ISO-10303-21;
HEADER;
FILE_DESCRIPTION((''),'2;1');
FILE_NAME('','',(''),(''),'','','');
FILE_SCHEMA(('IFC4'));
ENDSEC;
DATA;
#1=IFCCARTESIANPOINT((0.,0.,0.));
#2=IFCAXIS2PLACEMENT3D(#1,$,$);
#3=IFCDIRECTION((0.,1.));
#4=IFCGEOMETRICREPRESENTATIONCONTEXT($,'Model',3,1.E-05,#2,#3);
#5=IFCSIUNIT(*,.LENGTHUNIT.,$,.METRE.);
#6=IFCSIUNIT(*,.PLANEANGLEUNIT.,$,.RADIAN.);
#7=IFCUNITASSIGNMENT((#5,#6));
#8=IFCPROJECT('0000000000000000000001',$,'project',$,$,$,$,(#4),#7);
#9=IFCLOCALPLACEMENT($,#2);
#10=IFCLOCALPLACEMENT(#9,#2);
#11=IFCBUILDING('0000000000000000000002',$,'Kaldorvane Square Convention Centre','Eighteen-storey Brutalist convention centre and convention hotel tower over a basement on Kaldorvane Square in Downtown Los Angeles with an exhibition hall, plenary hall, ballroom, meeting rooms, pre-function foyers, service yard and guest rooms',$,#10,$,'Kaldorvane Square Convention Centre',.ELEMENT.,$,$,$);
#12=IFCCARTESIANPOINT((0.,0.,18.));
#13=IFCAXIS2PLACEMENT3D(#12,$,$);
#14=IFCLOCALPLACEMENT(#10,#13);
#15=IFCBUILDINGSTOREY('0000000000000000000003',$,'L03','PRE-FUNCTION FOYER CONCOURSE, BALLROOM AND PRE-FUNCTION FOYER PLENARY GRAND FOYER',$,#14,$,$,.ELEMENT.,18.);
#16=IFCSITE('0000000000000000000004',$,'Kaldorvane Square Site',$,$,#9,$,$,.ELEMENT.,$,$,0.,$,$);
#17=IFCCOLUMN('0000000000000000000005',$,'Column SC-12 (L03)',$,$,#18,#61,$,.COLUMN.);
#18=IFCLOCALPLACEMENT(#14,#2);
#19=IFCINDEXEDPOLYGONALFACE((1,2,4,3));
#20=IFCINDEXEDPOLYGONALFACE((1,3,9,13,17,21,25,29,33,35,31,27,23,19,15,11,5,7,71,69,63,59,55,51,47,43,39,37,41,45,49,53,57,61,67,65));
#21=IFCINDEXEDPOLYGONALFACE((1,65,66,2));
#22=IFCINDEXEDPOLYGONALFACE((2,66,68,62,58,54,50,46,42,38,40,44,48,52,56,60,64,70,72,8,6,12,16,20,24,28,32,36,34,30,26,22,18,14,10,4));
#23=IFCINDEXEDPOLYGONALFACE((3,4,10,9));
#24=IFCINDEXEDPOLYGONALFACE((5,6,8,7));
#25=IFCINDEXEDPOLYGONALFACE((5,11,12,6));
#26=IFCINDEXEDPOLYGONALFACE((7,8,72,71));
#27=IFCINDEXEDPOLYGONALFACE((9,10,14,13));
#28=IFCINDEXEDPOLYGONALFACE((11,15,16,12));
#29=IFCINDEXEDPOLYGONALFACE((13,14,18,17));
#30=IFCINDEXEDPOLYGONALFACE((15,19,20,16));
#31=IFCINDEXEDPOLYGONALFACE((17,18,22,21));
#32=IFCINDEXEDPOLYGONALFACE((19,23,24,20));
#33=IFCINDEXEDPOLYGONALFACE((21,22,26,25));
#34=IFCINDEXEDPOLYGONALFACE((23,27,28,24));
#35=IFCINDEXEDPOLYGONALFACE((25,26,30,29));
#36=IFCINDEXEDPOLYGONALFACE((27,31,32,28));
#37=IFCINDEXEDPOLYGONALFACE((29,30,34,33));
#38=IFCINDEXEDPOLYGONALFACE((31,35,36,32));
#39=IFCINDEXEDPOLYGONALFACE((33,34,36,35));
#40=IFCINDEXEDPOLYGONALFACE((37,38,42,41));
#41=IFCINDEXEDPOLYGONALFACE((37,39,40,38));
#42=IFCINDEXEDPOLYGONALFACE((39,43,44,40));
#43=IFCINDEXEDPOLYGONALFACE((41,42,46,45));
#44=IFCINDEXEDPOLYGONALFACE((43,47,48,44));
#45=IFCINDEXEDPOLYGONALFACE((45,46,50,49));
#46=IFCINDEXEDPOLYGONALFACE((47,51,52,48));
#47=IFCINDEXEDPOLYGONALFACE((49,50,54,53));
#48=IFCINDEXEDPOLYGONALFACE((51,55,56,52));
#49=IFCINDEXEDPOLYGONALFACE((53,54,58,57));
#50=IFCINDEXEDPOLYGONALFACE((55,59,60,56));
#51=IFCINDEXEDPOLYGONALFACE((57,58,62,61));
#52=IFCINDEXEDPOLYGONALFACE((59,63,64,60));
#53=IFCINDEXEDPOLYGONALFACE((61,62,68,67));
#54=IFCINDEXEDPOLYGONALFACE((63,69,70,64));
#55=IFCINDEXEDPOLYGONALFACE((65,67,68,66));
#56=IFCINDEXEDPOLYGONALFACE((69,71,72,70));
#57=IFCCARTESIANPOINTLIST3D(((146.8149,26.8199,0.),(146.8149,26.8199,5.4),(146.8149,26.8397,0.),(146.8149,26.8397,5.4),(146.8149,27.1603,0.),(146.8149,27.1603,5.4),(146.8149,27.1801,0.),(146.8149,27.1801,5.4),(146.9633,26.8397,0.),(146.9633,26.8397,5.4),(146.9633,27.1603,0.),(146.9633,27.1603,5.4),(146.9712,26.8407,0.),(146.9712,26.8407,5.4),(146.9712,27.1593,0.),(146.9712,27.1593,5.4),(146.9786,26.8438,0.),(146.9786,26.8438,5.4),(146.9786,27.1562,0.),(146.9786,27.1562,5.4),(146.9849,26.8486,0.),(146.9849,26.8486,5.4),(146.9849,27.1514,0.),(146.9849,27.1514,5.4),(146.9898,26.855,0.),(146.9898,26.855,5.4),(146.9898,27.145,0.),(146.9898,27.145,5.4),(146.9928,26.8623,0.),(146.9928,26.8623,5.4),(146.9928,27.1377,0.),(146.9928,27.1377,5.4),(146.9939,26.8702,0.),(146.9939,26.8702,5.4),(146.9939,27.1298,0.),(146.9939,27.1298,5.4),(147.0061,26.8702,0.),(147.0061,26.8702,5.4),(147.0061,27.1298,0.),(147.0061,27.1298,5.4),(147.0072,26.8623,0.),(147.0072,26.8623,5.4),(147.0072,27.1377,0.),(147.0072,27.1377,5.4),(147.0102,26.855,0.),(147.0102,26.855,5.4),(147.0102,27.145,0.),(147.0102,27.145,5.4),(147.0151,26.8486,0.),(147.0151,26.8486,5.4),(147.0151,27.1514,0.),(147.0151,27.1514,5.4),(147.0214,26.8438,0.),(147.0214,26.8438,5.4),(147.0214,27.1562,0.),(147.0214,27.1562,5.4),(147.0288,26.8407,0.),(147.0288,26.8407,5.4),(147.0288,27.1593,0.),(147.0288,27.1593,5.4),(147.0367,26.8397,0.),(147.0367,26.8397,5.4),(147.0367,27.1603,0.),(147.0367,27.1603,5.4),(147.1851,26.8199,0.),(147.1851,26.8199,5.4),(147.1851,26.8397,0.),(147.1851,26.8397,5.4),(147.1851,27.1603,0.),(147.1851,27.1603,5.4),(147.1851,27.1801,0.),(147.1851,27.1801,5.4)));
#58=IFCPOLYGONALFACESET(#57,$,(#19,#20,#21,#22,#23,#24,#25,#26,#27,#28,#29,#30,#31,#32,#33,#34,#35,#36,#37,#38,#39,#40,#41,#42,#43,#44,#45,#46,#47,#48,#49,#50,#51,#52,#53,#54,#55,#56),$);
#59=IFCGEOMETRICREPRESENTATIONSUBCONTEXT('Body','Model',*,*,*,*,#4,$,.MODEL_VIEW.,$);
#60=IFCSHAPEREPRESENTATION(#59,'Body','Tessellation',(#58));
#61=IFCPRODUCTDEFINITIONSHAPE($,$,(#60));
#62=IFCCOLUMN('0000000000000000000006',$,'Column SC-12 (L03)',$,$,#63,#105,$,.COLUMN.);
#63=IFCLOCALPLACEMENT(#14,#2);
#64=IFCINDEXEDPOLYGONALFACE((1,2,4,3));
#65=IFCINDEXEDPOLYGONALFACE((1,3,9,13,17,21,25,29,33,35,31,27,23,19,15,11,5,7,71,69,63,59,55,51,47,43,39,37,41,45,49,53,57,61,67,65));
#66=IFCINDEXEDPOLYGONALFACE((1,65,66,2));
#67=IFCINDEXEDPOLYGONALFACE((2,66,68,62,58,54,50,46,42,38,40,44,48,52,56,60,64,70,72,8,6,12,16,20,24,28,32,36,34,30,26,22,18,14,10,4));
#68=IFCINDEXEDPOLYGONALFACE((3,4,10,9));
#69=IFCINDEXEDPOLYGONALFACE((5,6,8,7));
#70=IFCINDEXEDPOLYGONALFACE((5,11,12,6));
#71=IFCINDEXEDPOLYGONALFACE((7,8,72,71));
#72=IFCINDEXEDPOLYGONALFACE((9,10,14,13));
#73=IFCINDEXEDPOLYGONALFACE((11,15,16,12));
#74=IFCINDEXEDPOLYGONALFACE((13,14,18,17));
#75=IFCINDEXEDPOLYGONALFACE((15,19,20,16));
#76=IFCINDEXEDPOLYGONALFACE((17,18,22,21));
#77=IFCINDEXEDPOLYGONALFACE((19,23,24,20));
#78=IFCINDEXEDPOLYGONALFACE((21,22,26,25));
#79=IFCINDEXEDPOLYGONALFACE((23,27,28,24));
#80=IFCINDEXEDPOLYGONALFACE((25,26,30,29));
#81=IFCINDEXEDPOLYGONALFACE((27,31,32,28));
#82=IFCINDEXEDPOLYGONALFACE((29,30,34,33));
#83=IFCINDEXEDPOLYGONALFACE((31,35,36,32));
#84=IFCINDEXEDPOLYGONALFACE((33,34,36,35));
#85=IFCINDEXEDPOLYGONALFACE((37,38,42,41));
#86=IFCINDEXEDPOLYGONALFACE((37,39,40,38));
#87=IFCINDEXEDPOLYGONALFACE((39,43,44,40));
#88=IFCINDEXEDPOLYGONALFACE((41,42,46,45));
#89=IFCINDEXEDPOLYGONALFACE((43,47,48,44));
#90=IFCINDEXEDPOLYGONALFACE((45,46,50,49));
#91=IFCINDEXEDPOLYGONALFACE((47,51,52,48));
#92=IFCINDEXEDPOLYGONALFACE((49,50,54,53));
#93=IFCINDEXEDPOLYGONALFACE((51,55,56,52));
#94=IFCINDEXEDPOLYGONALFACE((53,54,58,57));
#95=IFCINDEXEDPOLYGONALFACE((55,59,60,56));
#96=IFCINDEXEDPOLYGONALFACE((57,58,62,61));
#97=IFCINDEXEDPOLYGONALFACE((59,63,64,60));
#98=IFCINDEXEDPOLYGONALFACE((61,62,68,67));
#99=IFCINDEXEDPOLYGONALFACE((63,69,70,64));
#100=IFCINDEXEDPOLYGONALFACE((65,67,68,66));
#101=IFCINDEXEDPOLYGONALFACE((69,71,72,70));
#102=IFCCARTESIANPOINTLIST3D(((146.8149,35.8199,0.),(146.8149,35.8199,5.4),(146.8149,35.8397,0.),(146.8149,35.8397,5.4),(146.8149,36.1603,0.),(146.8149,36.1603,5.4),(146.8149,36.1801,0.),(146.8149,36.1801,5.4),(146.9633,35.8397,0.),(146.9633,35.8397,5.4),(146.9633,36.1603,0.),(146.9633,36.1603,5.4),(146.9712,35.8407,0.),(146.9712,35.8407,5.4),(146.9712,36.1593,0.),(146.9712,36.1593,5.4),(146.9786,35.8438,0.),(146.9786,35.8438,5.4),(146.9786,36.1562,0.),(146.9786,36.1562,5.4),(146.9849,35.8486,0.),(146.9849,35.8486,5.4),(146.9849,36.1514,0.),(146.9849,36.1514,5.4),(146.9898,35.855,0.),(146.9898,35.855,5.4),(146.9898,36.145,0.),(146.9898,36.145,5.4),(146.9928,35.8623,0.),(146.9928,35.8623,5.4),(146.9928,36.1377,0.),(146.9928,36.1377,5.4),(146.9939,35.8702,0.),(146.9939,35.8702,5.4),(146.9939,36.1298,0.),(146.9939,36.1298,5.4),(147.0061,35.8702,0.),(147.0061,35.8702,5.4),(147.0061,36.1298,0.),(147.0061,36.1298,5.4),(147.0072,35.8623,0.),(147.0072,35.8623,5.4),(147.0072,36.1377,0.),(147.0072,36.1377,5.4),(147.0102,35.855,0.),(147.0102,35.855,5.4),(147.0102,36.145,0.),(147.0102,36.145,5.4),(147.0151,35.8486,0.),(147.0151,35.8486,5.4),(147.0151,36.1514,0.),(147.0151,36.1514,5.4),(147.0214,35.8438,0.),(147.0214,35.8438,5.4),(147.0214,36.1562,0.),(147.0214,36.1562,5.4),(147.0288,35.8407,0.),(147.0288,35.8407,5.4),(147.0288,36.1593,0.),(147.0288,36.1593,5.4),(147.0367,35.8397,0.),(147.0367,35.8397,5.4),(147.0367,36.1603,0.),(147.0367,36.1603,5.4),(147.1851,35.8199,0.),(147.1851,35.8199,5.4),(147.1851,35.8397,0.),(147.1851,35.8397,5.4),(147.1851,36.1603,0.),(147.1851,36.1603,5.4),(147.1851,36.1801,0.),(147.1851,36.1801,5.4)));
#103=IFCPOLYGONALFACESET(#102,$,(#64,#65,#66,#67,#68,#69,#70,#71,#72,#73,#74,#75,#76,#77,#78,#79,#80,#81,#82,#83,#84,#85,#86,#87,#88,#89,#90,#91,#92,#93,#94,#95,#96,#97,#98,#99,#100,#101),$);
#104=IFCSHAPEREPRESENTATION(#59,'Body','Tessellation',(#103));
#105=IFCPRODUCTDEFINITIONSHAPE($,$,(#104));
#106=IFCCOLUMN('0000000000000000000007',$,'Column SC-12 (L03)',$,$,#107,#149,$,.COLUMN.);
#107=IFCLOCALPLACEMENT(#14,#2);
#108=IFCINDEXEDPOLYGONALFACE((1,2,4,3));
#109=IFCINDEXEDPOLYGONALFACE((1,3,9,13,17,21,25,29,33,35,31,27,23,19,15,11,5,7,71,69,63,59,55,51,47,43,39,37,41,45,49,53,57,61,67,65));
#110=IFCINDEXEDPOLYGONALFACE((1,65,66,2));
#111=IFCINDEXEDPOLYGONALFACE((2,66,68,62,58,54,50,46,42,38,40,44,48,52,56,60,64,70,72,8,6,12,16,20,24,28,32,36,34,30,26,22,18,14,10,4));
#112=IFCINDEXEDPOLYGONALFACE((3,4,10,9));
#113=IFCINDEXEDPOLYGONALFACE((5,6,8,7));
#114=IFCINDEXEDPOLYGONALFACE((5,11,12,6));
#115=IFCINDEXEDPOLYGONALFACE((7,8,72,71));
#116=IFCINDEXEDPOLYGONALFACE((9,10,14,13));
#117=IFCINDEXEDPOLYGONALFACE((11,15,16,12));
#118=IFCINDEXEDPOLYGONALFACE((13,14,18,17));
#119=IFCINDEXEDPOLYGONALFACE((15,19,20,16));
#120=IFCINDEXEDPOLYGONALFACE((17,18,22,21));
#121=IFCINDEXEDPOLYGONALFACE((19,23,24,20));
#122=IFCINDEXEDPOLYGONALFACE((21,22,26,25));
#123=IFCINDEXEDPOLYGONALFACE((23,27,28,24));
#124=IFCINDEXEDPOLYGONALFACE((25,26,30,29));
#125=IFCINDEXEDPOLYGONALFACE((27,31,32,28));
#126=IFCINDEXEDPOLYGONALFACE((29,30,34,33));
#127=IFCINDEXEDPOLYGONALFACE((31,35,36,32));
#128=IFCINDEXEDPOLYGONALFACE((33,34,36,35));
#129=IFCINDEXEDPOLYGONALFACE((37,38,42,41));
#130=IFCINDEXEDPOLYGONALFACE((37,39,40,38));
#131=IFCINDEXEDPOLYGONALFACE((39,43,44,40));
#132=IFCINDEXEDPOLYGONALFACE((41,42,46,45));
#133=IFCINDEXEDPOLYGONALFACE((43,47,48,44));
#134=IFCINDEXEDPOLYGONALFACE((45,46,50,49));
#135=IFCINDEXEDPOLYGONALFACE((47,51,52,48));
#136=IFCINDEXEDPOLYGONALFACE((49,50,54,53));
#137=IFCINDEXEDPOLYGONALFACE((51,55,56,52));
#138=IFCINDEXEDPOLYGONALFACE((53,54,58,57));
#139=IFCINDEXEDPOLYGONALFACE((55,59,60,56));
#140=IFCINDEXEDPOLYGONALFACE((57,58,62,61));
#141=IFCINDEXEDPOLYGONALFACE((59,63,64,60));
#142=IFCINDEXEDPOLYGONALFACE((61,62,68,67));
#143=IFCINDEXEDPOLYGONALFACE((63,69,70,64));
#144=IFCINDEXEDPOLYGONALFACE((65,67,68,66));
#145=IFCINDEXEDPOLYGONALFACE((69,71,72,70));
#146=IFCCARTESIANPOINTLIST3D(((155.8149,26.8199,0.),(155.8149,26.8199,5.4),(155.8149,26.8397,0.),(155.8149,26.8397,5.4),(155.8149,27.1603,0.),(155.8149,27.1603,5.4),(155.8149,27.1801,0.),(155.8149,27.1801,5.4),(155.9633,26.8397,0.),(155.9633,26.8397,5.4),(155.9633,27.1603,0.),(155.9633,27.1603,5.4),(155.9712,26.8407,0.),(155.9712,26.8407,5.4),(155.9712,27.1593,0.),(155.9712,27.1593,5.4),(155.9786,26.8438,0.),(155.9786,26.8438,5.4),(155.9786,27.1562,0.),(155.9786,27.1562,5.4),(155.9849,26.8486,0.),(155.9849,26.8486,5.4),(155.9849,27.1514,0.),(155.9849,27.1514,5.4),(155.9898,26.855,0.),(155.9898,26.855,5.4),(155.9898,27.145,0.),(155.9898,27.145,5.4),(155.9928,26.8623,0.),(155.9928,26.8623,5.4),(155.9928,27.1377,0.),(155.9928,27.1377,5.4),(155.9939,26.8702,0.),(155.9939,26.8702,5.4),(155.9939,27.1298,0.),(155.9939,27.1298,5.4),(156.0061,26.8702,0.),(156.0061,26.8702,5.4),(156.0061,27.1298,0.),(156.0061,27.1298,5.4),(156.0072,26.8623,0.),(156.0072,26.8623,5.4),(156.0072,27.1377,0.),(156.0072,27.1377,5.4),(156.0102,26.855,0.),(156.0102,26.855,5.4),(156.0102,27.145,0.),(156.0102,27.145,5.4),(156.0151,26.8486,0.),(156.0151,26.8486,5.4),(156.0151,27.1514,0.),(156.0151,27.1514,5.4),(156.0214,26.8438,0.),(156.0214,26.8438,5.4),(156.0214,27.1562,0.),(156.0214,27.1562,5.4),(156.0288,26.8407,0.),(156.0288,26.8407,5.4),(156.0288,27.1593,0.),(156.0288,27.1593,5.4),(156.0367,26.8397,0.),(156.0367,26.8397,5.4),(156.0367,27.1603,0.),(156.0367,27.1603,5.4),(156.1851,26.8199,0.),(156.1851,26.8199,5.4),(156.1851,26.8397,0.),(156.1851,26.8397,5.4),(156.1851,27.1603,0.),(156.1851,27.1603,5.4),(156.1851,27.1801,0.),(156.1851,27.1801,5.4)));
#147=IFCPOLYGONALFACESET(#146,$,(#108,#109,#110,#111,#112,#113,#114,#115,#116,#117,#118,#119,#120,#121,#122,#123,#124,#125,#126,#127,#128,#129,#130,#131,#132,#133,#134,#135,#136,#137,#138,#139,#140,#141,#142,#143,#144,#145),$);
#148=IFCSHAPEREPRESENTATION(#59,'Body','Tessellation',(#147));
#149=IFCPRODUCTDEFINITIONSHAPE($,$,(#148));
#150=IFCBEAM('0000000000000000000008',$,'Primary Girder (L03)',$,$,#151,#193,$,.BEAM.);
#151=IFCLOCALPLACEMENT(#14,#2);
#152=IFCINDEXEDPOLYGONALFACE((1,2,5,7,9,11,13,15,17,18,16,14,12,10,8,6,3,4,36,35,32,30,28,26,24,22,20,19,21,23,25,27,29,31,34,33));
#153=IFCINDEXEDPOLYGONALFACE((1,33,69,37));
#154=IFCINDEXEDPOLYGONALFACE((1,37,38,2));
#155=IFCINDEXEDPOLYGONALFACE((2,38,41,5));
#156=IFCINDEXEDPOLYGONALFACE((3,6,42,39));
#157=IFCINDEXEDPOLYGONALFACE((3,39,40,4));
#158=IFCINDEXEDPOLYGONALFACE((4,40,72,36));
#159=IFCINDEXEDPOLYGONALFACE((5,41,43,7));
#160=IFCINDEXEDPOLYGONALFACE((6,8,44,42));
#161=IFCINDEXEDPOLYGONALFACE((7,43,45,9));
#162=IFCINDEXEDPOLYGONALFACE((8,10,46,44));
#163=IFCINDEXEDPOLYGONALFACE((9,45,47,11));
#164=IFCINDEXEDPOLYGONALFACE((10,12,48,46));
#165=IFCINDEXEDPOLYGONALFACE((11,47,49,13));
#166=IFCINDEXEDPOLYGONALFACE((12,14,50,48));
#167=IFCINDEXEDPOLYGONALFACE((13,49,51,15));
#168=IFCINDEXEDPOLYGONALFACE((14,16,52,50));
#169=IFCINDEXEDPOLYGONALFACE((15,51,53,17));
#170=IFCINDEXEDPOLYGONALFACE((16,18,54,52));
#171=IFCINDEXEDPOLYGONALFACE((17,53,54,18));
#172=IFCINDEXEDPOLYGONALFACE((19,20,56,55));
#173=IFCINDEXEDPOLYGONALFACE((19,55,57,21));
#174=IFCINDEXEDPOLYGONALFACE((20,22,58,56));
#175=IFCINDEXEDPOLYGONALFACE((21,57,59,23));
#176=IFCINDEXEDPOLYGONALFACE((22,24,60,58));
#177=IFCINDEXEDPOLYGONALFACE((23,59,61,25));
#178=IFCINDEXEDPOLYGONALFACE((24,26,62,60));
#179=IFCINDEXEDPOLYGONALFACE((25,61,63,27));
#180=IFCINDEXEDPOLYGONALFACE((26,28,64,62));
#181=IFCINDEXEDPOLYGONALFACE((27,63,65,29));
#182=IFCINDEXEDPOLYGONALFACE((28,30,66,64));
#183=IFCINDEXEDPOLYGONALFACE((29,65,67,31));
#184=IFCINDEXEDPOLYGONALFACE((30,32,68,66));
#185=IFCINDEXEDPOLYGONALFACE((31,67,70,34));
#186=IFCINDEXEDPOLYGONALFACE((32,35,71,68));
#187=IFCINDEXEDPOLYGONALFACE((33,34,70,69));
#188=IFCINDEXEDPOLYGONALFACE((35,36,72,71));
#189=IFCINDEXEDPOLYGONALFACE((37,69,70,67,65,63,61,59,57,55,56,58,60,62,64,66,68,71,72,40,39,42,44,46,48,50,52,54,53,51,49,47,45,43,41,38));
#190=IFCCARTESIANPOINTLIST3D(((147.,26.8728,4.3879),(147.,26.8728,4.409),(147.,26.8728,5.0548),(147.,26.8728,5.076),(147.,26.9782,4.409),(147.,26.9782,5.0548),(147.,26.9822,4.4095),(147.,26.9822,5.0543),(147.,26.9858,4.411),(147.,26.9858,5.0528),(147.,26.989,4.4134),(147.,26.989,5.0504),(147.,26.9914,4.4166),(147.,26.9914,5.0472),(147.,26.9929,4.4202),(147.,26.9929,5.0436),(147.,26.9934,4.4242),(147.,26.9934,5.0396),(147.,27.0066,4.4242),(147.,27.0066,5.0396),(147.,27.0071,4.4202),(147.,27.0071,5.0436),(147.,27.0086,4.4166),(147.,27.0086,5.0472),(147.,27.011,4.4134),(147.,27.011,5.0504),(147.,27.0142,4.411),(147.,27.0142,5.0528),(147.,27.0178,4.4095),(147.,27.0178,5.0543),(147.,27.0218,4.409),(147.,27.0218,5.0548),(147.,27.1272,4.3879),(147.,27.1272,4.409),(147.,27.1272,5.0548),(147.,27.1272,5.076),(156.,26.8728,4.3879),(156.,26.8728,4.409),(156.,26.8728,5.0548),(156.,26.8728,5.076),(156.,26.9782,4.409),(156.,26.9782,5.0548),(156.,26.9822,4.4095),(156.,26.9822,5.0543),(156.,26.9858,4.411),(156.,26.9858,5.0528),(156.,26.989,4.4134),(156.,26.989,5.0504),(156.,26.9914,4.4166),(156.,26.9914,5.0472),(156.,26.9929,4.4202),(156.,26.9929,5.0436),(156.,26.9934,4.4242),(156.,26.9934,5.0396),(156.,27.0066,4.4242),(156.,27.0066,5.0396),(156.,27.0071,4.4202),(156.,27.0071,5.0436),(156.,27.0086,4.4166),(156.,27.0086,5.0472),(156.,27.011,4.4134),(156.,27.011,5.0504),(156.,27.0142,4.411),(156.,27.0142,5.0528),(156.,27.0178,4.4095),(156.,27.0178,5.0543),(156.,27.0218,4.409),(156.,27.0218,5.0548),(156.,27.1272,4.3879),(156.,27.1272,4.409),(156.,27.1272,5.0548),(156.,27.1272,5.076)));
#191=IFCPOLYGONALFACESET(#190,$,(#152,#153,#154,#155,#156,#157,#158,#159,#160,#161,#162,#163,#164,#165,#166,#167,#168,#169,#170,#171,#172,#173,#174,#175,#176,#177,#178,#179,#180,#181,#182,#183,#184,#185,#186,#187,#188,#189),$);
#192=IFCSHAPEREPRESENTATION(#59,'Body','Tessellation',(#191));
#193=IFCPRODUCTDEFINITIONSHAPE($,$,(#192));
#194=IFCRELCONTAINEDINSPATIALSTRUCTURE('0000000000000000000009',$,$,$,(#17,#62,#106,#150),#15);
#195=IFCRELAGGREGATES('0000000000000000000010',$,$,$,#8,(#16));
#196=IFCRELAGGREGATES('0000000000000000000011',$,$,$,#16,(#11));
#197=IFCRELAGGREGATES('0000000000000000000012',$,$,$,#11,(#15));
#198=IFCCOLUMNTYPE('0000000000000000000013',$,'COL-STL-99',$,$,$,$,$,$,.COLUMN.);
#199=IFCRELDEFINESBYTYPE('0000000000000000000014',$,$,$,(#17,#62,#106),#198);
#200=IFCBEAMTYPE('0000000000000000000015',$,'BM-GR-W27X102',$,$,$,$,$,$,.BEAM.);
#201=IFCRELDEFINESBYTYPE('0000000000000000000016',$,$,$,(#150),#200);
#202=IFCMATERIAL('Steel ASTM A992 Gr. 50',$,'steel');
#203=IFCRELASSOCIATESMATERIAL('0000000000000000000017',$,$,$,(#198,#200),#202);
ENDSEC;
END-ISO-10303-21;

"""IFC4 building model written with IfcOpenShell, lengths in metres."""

from ifc_helpers import new_model, si_unit, direction, frame, origin, origin_2d, place, context, subcontext, project, spatial, i_section, extrude, material, material_profile, profile_set, type_object, element, save


model = new_model("IFC4")

# Units and contexts
model_context = context("Model", 3, precision=1e-05, world=origin(), true_north=direction((0.0, 1.0)))
body_context = subcontext(model_context, "Body", "Model", "MODEL_VIEW")
ifc_project = project(units=[si_unit("LENGTHUNIT", "METRE"), si_unit("PLANEANGLEUNIT", "RADIAN")], contexts=[model_context])

# Site, building, storey
site_placement = place(None, origin())
site = spatial("IfcSite", under=ifc_project, at=site_placement, Name="Kaldorvane Square Site", CompositionType="ELEMENT", RefElevation=0.0)
building_placement = place(site_placement, origin())
building = spatial("IfcBuilding", under=site, at=building_placement, Name="Kaldorvane Square Convention Centre", Description="Eighteen-storey Brutalist convention centre and convention hotel tower over a basement on Kaldorvane Square in Downtown Los Angeles with an exhibition hall, plenary hall, ballroom, meeting rooms, pre-function foyers, service yard and guest rooms", LongName="Kaldorvane Square Convention Centre", CompositionType="ELEMENT")
storey_placement = place(building_placement, frame((0.0, 0.0, 18.0)))
storey = spatial("IfcBuildingStorey", under=building, at=storey_placement, Name="L03", Description="PRE-FUNCTION FOYER CONCOURSE, BALLROOM AND PRE-FUNCTION FOYER PLENARY GRAND FOYER", CompositionType="ELEMENT", Elevation=18.0)

# Columns
ifc_material_1 = material(Name="Steel ASTM A992 Gr. 50", Category="steel")
ifc_material_profile_1 = material_profile(ifc_material_1, i_section(OverallWidth=0.3701, OverallDepth=0.3602, WebThickness=0.0123, FlangeThickness=0.0198, FilletRadius=0.0305, at=origin_2d()), Name="W14X99")
ifc_profile_set_1 = profile_set([ifc_material_profile_1], Name="Steel ASTM A992 Gr. 50")
column_type = type_object("IfcColumnType", Name="COL-STL-99", PredefinedType="COLUMN", material=ifc_profile_set_1)
for number, where, z_axis, x_axis, name in (
    (1, (147.0, 27.0, 0.0), (0.0, 0.0, 1.0), (1.0, 0.0, 0.0), "Column SC-12 (L03)"),
    (2, (147.0, 36.0, 0.0), (0.0, 0.0, 1.0), (1.0, 0.0, 0.0), "Column SC-12 (L03)"),
    (3, (156.0, 27.0, 0.0), (0.0, 0.0, 1.0), (1.0, 0.0, 0.0), "Column SC-12 (L03)"),
):
    element("IfcColumn", number, at=place(storey_placement, frame(where, z_axis=z_axis, x_axis=x_axis)), inside=storey, type_object=column_type, Name=name, PredefinedType="COLUMN", context=body_context, shape_type="SweptSolid", body=[
        extrude(i_section(OverallWidth=0.3701, OverallDepth=0.3602, WebThickness=0.0123, FlangeThickness=0.0198, FilletRadius=0.0305, at=origin_2d()), origin(), (0.0, 0.0, 1.0), 5.4),
    ])

# Beam
ifc_material_profile_2 = material_profile(ifc_material_1, i_section(OverallWidth=0.2544, OverallDepth=0.6881, WebThickness=0.0131, FlangeThickness=0.0211, FilletRadius=0.0152, at=origin_2d()), Name="W27X102")
ifc_profile_set_2 = profile_set([ifc_material_profile_2], Name="Steel ASTM A992 Gr. 50")
beam_type_1 = type_object("IfcBeamType", Name="BM-GR-W27X102", PredefinedType="BEAM", material=ifc_profile_set_2)
for number, where, z_axis, x_axis, name in (
    (4, (147.0, 27.0, 4.7319), (1.0, 0.0, 0.0), (0.0, 1.0, 0.0), "Primary Girder (L03)"),
):
    element("IfcBeam", number, at=place(storey_placement, frame(where, z_axis=z_axis, x_axis=x_axis)), inside=storey, type_object=beam_type_1, Name=name, PredefinedType="BEAM", context=body_context, shape_type="SweptSolid", body=[
        extrude(i_section(OverallWidth=0.2544, OverallDepth=0.6881, WebThickness=0.0131, FlangeThickness=0.0211, FilletRadius=0.0152, at=origin_2d()), origin(), (0.0, 0.0, 1.0), 9.0),
    ])

save(model, "model.ifc")
